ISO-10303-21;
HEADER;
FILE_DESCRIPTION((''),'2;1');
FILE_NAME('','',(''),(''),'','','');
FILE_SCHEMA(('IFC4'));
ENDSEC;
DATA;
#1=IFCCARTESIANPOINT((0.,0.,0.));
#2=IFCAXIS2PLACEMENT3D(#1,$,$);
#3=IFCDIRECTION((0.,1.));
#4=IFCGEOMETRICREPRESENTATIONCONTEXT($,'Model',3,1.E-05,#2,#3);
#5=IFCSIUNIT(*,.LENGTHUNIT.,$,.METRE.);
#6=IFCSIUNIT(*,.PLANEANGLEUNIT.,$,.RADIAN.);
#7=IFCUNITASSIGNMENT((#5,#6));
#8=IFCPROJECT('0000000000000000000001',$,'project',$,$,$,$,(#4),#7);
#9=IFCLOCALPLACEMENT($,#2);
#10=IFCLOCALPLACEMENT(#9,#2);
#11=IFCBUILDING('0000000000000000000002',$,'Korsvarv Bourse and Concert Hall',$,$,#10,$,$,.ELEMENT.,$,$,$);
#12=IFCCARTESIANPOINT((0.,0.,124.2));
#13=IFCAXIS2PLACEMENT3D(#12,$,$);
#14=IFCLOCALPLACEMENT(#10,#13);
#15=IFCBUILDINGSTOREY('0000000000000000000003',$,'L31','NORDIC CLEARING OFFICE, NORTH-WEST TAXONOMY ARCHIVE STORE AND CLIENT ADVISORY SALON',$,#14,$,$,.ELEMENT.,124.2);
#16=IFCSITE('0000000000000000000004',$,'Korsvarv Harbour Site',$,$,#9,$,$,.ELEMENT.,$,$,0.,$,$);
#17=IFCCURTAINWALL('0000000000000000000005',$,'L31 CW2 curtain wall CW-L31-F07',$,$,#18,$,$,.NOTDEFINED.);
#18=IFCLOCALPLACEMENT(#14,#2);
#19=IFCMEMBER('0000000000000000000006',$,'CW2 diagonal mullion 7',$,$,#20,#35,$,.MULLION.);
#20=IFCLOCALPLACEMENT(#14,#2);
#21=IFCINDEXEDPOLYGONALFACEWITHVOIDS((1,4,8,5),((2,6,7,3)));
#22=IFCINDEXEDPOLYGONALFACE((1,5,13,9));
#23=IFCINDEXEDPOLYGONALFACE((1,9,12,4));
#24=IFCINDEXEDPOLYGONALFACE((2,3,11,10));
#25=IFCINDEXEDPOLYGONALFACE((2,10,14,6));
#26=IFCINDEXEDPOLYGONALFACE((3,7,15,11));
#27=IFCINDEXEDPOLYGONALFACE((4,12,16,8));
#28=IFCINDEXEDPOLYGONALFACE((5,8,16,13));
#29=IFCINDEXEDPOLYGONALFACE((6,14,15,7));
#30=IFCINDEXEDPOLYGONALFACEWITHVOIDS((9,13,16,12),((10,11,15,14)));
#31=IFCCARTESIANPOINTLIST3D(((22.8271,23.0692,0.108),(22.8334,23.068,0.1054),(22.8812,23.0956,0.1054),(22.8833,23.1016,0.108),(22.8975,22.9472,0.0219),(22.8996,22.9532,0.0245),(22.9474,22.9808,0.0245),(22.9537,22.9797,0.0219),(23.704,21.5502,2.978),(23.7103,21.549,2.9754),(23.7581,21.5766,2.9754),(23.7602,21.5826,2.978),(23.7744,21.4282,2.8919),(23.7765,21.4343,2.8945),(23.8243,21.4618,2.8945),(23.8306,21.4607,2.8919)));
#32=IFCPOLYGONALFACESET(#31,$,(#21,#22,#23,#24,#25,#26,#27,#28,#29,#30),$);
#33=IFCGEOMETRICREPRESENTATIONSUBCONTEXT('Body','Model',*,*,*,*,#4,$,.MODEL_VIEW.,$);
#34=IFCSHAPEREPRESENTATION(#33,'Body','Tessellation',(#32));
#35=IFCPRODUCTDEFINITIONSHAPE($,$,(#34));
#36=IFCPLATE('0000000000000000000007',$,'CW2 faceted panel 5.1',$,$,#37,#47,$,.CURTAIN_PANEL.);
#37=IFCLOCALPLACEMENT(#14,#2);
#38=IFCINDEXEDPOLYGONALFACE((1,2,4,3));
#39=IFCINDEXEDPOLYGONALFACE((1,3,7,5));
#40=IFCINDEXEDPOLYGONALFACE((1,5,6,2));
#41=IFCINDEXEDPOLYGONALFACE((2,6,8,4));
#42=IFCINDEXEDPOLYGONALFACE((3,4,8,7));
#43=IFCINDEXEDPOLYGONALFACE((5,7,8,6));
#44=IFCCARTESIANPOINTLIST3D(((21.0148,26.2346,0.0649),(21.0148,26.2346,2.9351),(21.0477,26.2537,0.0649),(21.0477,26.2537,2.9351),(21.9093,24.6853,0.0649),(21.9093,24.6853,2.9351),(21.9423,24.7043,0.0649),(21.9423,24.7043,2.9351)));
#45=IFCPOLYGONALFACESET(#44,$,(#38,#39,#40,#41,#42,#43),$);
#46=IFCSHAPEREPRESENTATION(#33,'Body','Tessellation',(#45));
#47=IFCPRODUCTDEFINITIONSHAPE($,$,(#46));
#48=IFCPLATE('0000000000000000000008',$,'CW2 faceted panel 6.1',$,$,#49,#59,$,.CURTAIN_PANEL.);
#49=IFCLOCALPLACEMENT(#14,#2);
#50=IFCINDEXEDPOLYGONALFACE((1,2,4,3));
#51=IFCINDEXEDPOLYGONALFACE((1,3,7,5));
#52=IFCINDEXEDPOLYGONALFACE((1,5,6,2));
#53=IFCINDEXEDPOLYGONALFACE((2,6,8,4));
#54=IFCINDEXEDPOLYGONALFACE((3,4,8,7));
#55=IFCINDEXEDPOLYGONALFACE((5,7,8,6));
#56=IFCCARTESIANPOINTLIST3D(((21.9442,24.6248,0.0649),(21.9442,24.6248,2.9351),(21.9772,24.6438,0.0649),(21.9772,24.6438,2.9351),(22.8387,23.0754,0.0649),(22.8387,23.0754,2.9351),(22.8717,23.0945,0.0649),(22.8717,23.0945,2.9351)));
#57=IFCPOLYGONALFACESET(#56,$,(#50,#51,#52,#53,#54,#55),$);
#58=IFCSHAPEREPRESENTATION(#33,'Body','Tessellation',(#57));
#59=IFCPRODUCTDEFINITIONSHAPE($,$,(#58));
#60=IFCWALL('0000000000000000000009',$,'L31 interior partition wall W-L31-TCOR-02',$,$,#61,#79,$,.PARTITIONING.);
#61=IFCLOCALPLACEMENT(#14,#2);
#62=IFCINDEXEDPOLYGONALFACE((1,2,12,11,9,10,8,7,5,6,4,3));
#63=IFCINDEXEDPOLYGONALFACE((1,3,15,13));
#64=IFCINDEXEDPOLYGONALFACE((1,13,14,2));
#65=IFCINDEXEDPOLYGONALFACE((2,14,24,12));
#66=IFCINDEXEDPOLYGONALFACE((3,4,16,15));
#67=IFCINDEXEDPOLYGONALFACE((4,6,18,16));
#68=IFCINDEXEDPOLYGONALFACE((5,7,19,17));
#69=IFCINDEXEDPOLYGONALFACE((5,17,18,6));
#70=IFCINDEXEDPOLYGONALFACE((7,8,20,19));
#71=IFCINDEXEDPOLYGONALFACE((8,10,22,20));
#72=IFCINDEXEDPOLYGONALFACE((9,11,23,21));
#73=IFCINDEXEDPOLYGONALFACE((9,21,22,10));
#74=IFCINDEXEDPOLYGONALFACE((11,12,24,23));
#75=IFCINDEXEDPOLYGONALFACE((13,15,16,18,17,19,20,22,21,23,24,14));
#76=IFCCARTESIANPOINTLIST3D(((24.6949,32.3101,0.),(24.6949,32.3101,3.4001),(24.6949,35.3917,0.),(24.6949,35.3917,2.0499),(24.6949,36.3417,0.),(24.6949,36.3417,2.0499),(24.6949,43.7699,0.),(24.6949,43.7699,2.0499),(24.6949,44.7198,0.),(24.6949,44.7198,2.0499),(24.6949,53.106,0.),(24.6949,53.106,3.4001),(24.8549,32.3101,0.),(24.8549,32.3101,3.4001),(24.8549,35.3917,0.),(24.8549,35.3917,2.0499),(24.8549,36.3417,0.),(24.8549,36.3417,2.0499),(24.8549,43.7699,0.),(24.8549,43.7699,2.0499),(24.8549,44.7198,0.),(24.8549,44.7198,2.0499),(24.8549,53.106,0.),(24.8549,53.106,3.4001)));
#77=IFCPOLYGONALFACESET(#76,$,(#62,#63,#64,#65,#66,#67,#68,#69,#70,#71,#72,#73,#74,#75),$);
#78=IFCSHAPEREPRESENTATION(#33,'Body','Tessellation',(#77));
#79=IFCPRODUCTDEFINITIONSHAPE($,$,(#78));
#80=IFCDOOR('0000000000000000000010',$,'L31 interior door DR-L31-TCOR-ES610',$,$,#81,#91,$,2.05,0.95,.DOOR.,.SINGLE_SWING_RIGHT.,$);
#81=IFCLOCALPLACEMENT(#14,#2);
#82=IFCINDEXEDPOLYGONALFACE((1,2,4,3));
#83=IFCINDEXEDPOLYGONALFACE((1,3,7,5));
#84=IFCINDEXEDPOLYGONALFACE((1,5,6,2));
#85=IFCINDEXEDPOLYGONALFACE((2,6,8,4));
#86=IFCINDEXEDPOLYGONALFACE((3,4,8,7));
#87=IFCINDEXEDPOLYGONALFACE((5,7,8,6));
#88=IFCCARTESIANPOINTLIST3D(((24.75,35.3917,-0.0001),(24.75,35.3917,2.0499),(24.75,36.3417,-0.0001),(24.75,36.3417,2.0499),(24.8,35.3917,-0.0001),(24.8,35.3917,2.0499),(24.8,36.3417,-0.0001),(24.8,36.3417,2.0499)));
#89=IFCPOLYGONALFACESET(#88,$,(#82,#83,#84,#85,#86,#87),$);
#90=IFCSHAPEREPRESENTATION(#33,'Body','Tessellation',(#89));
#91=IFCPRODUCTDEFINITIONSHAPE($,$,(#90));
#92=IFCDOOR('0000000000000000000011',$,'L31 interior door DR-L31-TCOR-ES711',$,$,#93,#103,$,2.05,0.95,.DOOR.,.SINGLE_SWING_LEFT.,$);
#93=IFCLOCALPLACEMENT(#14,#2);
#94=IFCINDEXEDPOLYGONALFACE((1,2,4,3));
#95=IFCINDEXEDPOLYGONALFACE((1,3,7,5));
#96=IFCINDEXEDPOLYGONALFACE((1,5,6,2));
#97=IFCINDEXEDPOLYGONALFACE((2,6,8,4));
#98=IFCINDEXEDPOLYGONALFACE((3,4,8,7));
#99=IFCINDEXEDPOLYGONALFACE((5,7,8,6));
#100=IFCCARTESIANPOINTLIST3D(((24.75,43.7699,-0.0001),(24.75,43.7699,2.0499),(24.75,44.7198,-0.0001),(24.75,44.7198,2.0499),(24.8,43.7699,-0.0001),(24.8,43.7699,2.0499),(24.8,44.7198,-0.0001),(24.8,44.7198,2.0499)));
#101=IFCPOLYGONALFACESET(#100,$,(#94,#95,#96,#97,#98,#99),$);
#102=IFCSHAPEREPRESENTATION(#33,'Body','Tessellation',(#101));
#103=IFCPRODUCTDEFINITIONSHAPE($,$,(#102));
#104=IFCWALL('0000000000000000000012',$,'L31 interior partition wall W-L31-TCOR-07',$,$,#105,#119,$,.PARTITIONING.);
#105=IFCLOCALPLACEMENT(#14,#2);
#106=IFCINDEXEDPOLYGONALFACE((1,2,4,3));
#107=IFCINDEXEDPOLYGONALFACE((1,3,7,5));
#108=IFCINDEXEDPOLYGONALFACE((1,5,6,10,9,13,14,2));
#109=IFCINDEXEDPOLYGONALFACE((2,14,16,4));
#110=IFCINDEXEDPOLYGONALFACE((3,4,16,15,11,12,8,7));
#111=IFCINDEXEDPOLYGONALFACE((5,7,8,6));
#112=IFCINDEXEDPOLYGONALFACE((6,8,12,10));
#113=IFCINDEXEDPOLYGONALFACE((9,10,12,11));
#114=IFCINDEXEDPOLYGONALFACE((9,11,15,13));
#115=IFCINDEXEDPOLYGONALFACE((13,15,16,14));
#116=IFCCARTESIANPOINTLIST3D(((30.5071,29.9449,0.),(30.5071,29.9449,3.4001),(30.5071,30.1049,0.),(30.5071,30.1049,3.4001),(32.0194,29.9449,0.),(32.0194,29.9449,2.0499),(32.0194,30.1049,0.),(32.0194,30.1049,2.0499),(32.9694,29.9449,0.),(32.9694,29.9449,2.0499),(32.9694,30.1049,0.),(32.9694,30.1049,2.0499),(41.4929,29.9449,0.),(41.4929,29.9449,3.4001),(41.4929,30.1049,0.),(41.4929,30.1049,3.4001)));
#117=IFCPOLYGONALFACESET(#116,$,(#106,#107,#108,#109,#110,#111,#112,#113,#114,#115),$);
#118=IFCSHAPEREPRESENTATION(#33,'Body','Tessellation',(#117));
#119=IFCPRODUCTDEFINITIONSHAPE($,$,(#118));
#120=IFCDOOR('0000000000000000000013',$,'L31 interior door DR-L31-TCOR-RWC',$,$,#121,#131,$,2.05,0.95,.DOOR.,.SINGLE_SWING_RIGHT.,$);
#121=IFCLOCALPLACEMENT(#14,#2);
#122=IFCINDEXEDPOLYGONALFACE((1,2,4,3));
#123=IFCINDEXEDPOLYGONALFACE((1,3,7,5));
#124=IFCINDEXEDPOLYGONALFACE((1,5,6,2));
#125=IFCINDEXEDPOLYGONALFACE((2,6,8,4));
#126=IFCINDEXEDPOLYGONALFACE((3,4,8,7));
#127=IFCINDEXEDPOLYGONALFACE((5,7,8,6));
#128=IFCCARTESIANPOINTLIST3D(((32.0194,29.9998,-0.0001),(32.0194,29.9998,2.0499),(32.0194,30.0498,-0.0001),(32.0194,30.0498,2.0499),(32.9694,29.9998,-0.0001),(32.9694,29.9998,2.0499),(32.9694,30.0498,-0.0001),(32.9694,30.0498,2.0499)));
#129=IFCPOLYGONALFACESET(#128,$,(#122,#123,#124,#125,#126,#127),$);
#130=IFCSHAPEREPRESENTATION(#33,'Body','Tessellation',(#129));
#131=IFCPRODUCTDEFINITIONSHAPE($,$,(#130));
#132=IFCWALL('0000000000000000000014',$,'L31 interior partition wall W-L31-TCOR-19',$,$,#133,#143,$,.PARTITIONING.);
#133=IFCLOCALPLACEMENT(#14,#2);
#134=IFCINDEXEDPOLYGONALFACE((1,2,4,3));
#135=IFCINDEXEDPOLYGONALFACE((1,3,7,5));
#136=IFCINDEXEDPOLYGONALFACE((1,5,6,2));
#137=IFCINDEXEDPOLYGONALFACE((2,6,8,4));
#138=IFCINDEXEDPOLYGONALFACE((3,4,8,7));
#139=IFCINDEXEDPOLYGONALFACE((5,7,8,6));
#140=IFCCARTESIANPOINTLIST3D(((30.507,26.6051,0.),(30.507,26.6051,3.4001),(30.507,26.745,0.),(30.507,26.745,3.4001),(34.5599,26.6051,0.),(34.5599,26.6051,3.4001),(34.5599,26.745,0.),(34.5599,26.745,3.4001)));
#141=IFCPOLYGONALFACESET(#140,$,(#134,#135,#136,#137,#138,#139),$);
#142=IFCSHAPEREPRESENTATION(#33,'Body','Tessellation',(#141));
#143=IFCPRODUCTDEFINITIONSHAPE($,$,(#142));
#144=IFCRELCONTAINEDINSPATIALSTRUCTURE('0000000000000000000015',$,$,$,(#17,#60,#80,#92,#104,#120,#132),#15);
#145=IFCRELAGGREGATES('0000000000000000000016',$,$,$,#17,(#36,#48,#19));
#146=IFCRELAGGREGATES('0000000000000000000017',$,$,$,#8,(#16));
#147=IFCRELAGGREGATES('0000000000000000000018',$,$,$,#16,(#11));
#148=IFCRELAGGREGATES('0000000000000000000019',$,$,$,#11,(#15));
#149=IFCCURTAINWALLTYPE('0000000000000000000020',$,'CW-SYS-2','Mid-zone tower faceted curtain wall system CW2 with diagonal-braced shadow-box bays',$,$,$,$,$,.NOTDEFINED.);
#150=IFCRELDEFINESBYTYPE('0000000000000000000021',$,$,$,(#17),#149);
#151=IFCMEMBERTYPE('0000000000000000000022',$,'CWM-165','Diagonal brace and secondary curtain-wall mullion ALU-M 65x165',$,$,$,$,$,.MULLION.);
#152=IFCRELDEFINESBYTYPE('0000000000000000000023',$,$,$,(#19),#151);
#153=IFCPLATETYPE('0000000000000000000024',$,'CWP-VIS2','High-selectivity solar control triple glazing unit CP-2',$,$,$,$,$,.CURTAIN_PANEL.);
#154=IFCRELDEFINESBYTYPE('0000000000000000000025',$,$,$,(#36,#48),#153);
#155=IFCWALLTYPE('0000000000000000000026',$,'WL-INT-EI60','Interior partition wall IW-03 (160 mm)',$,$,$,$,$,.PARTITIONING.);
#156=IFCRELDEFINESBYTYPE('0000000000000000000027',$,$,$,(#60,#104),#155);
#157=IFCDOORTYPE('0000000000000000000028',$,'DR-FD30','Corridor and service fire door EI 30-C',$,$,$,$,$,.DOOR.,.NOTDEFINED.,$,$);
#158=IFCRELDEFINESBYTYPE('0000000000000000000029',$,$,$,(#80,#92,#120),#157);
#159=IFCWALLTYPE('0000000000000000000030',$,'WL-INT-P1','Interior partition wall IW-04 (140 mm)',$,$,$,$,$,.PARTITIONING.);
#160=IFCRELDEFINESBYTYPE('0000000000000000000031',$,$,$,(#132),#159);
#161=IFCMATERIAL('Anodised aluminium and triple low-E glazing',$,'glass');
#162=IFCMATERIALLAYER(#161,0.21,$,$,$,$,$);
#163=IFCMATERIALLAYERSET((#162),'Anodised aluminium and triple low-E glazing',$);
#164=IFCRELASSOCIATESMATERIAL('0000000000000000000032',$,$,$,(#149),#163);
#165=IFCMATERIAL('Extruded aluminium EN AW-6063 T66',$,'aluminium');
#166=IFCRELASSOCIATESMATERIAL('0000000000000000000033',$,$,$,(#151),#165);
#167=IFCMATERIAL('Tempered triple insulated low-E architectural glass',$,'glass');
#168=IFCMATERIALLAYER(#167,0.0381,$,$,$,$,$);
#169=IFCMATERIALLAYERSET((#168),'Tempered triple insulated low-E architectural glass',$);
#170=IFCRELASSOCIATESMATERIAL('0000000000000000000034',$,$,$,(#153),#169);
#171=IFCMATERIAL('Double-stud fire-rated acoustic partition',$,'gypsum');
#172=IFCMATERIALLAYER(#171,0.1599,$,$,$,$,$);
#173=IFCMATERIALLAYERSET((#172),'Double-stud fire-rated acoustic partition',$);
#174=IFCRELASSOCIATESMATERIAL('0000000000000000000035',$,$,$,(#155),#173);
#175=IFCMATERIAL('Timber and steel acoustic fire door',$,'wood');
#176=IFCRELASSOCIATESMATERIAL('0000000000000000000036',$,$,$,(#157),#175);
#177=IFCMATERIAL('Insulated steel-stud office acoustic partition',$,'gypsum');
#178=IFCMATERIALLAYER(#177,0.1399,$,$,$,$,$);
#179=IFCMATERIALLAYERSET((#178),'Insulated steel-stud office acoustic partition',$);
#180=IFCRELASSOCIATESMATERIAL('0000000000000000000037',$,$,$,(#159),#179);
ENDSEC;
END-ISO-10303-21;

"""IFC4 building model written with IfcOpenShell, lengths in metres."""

from ifc_helpers import new_model, si_unit, direction, frame, frame_2d, origin, origin_2d, place, context, subcontext, project, spatial, rectangle, hollow_rectangle, extrude, source, transform, mapped, material, layer, layer_set, material_profile, profile_set, type_object, element, fill, aggregate, save


model = new_model("IFC4")

# Units and contexts
model_context = context("Model", 3, precision=1e-05, world=origin(), true_north=direction((0.0, 1.0)))
body_context = subcontext(model_context, "Body", "Model", "MODEL_VIEW")
ifc_project = project(units=[si_unit("LENGTHUNIT", "METRE"), si_unit("PLANEANGLEUNIT", "RADIAN")], contexts=[model_context])

# Site, building, storey
site_placement = place(None, origin())
site = spatial("IfcSite", under=ifc_project, at=site_placement, Name="Korsvarv Harbour Site", CompositionType="ELEMENT", RefElevation=0.0)
building_placement = place(site_placement, origin())
building = spatial("IfcBuilding", under=site, at=building_placement, Name="Korsvarv Bourse and Concert Hall", CompositionType="ELEMENT")
storey_placement = place(building_placement, frame((0.0, 0.0, 124.2)))
storey = spatial("IfcBuildingStorey", under=building, at=storey_placement, Name="L31", Description="NORDIC CLEARING OFFICE, NORTH-WEST TAXONOMY ARCHIVE STORE AND CLIENT ADVISORY SALON", CompositionType="ELEMENT", Elevation=124.2)

# Curtain wall, member, plates
ifc_material_1 = material(Name="Anodised aluminium and triple low-E glazing", Category="glass")
ifc_layer_1 = layer(ifc_material_1, 0.21)
ifc_layer_set_1 = layer_set([ifc_layer_1], Name="Anodised aluminium and triple low-E glazing")
curtain_wall_type = type_object("IfcCurtainWallType", Name="CW-SYS-2", Description="Mid-zone tower faceted curtain wall system CW2 with diagonal-braced shadow-box bays", PredefinedType="NOTDEFINED", material=ifc_layer_set_1)
curtain_wall_placement = place(storey_placement, origin())
curtain_wall = element("IfcCurtainWall", 1, at=curtain_wall_placement, inside=storey, type_object=curtain_wall_type, Name="L31 CW2 curtain wall CW-L31-F07", PredefinedType="NOTDEFINED")
ifc_material_2 = material(Name="Extruded aluminium EN AW-6063 T66", Category="aluminium")
ifc_material_profile_1 = material_profile(ifc_material_2, hollow_rectangle(XDim=0.0649, YDim=0.165, WallThickness=0.0049, at=origin_2d()), Name="ALU-M 65x165")
ifc_profile_set_1 = profile_set([ifc_material_profile_1], Name="Extruded aluminium EN AW-6063 T66")
member_type_1 = type_object("IfcMemberType", Name="CWM-165", Description="Diagonal brace and secondary curtain-wall mullion ALU-M 65x165", PredefinedType="MULLION", material=ifc_profile_set_1)
shared_shape_1 = source(origin(), body_context, "Body", "SweptSolid", [
    extrude(hollow_rectangle(XDim=0.0649, YDim=0.165, WallThickness=0.0049, at=origin_2d()), origin(), (0.0, 0.0, 1.0), 3.3635),
])
member_1_placement = place(storey_placement, frame((22.8904, 23.0244, 0.0649), z_axis=(0.260715, -0.451606, 0.853276), x_axis=(0.866042, 0.499971, 0.0)))
member_1 = element("IfcMember", 2, at=member_1_placement, type_object=member_type_1, Name="CW2 diagonal mullion 7", PredefinedType="MULLION", context=body_context, shape_type="MappedRepresentation", body=[
    mapped(shared_shape_1, transform((0.0, 0.0, 0.0), scale=1.0)),
])
ifc_material_3 = material(Name="Tempered triple insulated low-E architectural glass", Category="glass")
ifc_layer_2 = layer(ifc_material_3, 0.0381)
ifc_layer_set_2 = layer_set([ifc_layer_2], Name="Tempered triple insulated low-E architectural glass")
plate_type = type_object("IfcPlateType", Name="CWP-VIS2", Description="High-selectivity solar control triple glazing unit CP-2", PredefinedType="CURTAIN_PANEL", material=ifc_layer_set_2)
shared_shape_2 = source(origin(), body_context, "Body", "SweptSolid", [
    extrude(rectangle(XDim=1.7891, YDim=0.0381, at=origin_2d()), origin(), (0.0, 0.0, 1.0), 2.8701),
])
plate_1_placement = place(storey_placement, frame((21.4785, 25.4695, 0.0649), z_axis=(0.0, 0.0, 1.0), x_axis=(0.500007, -0.866021, 0.0)))
plate_1 = element("IfcPlate", 3, at=plate_1_placement, type_object=plate_type, Name="CW2 faceted panel 5.1", PredefinedType="CURTAIN_PANEL", context=body_context, shape_type="MappedRepresentation", body=[
    mapped(shared_shape_2, transform((0.0, 0.0, 0.0), scale=1.0)),
])
plate_2_placement = place(storey_placement, frame((22.408, 23.8596, 0.0649), z_axis=(0.0, 0.0, 1.0), x_axis=(0.500007, -0.866021, 0.0)))
plate_2 = element("IfcPlate", 4, at=plate_2_placement, type_object=plate_type, Name="CW2 faceted panel 6.1", PredefinedType="CURTAIN_PANEL", context=body_context, shape_type="MappedRepresentation", body=[
    mapped(shared_shape_2, transform((0.0, 0.0, 0.0), scale=1.0)),
])
aggregate(curtain_wall, [plate_1, plate_2, member_1])

# Wall, openings, doors
ifc_material_4 = material(Name="Double-stud fire-rated acoustic partition", Category="gypsum")
ifc_layer_3 = layer(ifc_material_4, 0.1599)
ifc_layer_set_3 = layer_set([ifc_layer_3], Name="Double-stud fire-rated acoustic partition")
wall_type_1 = type_object("IfcWallType", Name="WL-INT-EI60", Description="Interior partition wall IW-03 (160 mm)", PredefinedType="PARTITIONING", material=ifc_layer_set_3)
wall_1_placement = place(storey_placement, frame((24.7749, 32.3101, 0.0), z_axis=(0.0, 0.0, 1.0), x_axis=(0.0, 1.0, 0.0)))
wall_1 = element("IfcWall", 5, at=wall_1_placement, inside=storey, type_object=wall_type_1, Name="L31 interior partition wall W-L31-TCOR-02", PredefinedType="PARTITIONING", context=body_context, shape_type="SweptSolid", body=[
    extrude(rectangle(XDim=20.7959, YDim=0.1599, at=frame_2d((10.3979, 0.0))), origin(), (0.0, 0.0, 1.0), 3.4001),
])
opening_1_placement = place(wall_1_placement, frame((3.0815, 0.0, 0.0)))
opening_1 = element("IfcOpeningElement", 6, at=opening_1_placement, cuts=wall_1, PredefinedType="OPENING", context=body_context, shape_type="SweptSolid", body=[
    extrude(rectangle(XDim=0.95, YDim=2.05, at=frame_2d((0.4751, 1.0249))), frame((0.0, 0.0898, 0.0), z_axis=(0.0, -1.0, 0.0), x_axis=(1.0, 0.0, 0.0)), (0.0, 0.0, 1.0), 0.1799),
])
opening_2_placement = place(wall_1_placement, frame((11.4597, 0.0, 0.0)))
opening_2 = element("IfcOpeningElement", 7, at=opening_2_placement, cuts=wall_1, PredefinedType="OPENING", context=body_context, shape_type="SweptSolid", body=[
    extrude(rectangle(XDim=0.95, YDim=2.05, at=frame_2d((0.4751, 1.0249))), frame((0.0, 0.0898, 0.0), z_axis=(0.0, -1.0, 0.0), x_axis=(1.0, 0.0, 0.0)), (0.0, 0.0, 1.0), 0.1799),
])
ifc_material_5 = material(Name="Timber and steel acoustic fire door", Category="wood")
door_type = type_object("IfcDoorType", Name="DR-FD30", Description="Corridor and service fire door EI 30-C", OperationType="NOTDEFINED", PredefinedType="DOOR", material=ifc_material_5)
door_1_placement = place(opening_1_placement, origin())
door_1 = element("IfcDoor", 8, at=door_1_placement, inside=storey, type_object=door_type, Name="L31 interior door DR-L31-TCOR-ES610", OperationType="SINGLE_SWING_RIGHT", OverallHeight=2.05, OverallWidth=0.95, PredefinedType="DOOR", context=body_context, shape_type="SweptSolid", body=[
    extrude(rectangle(XDim=0.95, YDim=2.05, at=frame_2d((0.4751, 1.0249))), frame((0.0, 0.0249, 0.0), z_axis=(0.0, -1.0, 0.0), x_axis=(1.0, 0.0, 0.0)), (0.0, 0.0, 1.0), 0.05),
])
fill(opening_1, door_1)
door_2_placement = place(opening_2_placement, origin())
door_2 = element("IfcDoor", 9, at=door_2_placement, inside=storey, type_object=door_type, Name="L31 interior door DR-L31-TCOR-ES711", OperationType="SINGLE_SWING_LEFT", OverallHeight=2.05, OverallWidth=0.95, PredefinedType="DOOR", context=body_context, shape_type="SweptSolid", body=[
    extrude(rectangle(XDim=0.95, YDim=2.05, at=frame_2d((0.4751, 1.0249))), frame((0.0, 0.0249, 0.0), z_axis=(0.0, -1.0, 0.0), x_axis=(1.0, 0.0, 0.0)), (0.0, 0.0, 1.0), 0.05),
])
fill(opening_2, door_2)

# Wall, opening, door
wall_2_placement = place(storey_placement, frame((30.5071, 30.0249, 0.0), z_axis=(0.0, 0.0, 1.0), x_axis=(1.0, 0.0, 0.0)))
wall_2 = element("IfcWall", 10, at=wall_2_placement, inside=storey, type_object=wall_type_1, Name="L31 interior partition wall W-L31-TCOR-07", PredefinedType="PARTITIONING", context=body_context, shape_type="SweptSolid", body=[
    extrude(rectangle(XDim=10.9858, YDim=0.1599, at=frame_2d((5.4929, 0.0))), origin(), (0.0, 0.0, 1.0), 3.4001),
])
opening_3_placement = place(wall_2_placement, frame((1.5122, 0.0, 0.0)))
opening_3 = element("IfcOpeningElement", 11, at=opening_3_placement, cuts=wall_2, PredefinedType="OPENING", context=body_context, shape_type="SweptSolid", body=[
    extrude(rectangle(XDim=0.95, YDim=2.05, at=frame_2d((0.4751, 1.0249))), frame((0.0, 0.0898, 0.0), z_axis=(0.0, -1.0, 0.0), x_axis=(1.0, 0.0, 0.0)), (0.0, 0.0, 1.0), 0.1799),
])
door_3_placement = place(opening_3_placement, origin())
door_3 = element("IfcDoor", 12, at=door_3_placement, inside=storey, type_object=door_type, Name="L31 interior door DR-L31-TCOR-RWC", OperationType="SINGLE_SWING_RIGHT", OverallHeight=2.05, OverallWidth=0.95, PredefinedType="DOOR", context=body_context, shape_type="SweptSolid", body=[
    extrude(rectangle(XDim=0.95, YDim=2.05, at=frame_2d((0.4751, 1.0249))), frame((0.0, 0.0249, 0.0), z_axis=(0.0, -1.0, 0.0), x_axis=(1.0, 0.0, 0.0)), (0.0, 0.0, 1.0), 0.05),
])
fill(opening_3, door_3)

# Wall
ifc_material_6 = material(Name="Insulated steel-stud office acoustic partition", Category="gypsum")
ifc_layer_4 = layer(ifc_material_6, 0.1399)
ifc_layer_set_4 = layer_set([ifc_layer_4], Name="Insulated steel-stud office acoustic partition")
wall_type_2 = type_object("IfcWallType", Name="WL-INT-P1", Description="Interior partition wall IW-04 (140 mm)", PredefinedType="PARTITIONING", material=ifc_layer_set_4)
wall_3_placement = place(storey_placement, frame((30.5071, 26.675, 0.0), z_axis=(0.0, 0.0, 1.0), x_axis=(1.0, 0.0, 0.0)))
element("IfcWall", 13, at=wall_3_placement, inside=storey, type_object=wall_type_2, Name="L31 interior partition wall W-L31-TCOR-19", PredefinedType="PARTITIONING", context=body_context, shape_type="SweptSolid", body=[
    extrude(rectangle(XDim=4.053, YDim=0.1399, at=frame_2d((2.0264, 0.0))), origin(), (0.0, 0.0, 1.0), 3.4001),
])

save(model, "model.ifc")
